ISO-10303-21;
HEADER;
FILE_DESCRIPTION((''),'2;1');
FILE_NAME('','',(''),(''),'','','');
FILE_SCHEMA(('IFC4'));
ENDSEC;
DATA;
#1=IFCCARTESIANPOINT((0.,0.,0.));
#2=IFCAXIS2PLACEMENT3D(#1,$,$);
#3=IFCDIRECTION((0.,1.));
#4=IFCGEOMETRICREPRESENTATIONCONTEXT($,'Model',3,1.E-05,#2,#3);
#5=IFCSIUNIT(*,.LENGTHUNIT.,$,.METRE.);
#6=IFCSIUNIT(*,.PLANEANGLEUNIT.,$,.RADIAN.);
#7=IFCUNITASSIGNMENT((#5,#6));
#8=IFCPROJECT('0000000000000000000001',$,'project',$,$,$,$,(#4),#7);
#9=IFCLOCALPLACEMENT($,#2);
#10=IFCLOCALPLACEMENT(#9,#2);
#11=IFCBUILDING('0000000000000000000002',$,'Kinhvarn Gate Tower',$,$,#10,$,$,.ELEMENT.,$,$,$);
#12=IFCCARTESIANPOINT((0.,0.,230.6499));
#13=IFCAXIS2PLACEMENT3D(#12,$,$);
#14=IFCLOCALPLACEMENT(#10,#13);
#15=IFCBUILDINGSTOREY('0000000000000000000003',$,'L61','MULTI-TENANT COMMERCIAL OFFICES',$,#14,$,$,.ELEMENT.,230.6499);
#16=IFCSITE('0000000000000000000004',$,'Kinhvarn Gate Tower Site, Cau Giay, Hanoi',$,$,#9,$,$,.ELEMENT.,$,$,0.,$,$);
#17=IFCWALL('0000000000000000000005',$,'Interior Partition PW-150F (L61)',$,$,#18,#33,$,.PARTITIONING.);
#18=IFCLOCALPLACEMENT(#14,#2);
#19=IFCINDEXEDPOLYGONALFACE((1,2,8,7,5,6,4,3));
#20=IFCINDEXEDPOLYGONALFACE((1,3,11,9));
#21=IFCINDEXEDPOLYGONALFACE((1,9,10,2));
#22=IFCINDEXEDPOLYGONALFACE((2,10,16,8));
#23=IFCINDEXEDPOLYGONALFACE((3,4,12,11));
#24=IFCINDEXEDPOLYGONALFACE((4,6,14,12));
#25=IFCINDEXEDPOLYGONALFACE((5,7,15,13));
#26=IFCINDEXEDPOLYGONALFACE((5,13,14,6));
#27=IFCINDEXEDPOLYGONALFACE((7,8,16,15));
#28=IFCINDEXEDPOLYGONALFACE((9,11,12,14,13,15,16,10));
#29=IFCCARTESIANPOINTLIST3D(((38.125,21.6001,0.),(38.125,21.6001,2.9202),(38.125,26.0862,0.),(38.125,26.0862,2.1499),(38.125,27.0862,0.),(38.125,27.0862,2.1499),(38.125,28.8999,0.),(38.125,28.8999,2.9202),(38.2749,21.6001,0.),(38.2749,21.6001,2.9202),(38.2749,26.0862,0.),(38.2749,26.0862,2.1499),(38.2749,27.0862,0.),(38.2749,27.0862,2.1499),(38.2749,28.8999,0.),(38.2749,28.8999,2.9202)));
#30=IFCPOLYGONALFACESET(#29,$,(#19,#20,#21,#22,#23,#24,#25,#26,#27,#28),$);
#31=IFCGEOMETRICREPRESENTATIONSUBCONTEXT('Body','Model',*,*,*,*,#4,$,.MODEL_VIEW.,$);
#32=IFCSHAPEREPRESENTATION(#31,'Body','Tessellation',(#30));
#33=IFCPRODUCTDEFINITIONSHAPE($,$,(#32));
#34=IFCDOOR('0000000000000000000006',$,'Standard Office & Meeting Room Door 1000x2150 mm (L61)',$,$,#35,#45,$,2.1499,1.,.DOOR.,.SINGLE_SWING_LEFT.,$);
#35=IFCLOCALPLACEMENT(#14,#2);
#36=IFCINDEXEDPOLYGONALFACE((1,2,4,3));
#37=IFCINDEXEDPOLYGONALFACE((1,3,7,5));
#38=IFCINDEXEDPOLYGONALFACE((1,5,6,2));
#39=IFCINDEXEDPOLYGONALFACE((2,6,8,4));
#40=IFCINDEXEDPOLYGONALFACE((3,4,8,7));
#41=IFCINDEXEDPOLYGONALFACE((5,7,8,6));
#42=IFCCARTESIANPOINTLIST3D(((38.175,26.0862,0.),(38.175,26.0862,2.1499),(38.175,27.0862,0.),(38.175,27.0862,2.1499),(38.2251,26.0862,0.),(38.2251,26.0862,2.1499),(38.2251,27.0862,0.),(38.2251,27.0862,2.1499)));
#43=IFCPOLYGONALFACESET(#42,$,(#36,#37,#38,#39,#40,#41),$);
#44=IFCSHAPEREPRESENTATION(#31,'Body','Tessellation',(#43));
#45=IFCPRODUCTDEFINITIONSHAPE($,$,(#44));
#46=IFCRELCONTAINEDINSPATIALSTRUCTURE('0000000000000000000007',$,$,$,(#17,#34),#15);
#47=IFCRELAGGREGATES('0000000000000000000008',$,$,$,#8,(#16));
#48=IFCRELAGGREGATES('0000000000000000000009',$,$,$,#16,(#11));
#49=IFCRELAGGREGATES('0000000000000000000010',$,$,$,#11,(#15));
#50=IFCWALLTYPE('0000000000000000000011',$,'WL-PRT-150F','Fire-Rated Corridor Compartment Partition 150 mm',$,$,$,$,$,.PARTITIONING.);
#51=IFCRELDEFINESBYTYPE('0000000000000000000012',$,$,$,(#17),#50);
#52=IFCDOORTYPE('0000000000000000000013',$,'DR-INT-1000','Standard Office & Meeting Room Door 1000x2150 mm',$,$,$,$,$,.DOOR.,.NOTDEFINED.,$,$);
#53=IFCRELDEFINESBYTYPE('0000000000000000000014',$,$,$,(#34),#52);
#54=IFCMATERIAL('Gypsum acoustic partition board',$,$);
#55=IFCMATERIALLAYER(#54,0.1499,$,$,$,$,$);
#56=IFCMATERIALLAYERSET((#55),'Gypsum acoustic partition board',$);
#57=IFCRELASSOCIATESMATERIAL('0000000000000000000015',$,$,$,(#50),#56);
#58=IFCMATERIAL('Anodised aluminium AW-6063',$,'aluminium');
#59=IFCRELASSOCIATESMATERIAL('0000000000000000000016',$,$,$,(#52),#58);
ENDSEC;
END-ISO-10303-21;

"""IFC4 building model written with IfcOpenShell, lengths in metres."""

from ifc_helpers import new_model, si_unit, direction, frame, frame_2d, origin, place, context, subcontext, project, spatial, rectangle, extrude, material, layer, layer_set, type_object, element, fill, save


model = new_model("IFC4")

# Units and contexts
model_context = context("Model", 3, precision=1e-05, world=origin(), true_north=direction((0.0, 1.0)))
body_context = subcontext(model_context, "Body", "Model", "MODEL_VIEW")
ifc_project = project(units=[si_unit("LENGTHUNIT", "METRE"), si_unit("PLANEANGLEUNIT", "RADIAN")], contexts=[model_context])

# Site, building, storey
site_placement = place(None, origin())
site = spatial("IfcSite", under=ifc_project, at=site_placement, Name="Kinhvarn Gate Tower Site, Cau Giay, Hanoi", CompositionType="ELEMENT", RefElevation=0.0)
building_placement = place(site_placement, origin())
building = spatial("IfcBuilding", under=site, at=building_placement, Name="Kinhvarn Gate Tower", CompositionType="ELEMENT")
storey_placement = place(building_placement, frame((0.0, 0.0, 230.6499)))
storey = spatial("IfcBuildingStorey", under=building, at=storey_placement, Name="L61", Description="MULTI-TENANT COMMERCIAL OFFICES", CompositionType="ELEMENT", Elevation=230.6499)

# Shared definitions
ifc_material_1 = material(Name="Anodised aluminium AW-6063", Category="aluminium")

# Shared definitions
ifc_material_2 = material(Name="Gypsum acoustic partition board")

# Shared definitions
ifc_layer_1 = layer(ifc_material_2, 0.1499)
ifc_layer_set_1 = layer_set([ifc_layer_1], Name="Gypsum acoustic partition board")
wall_type_1 = type_object("IfcWallType", Name="WL-PRT-150F", Description="Fire-Rated Corridor Compartment Partition 150 mm", PredefinedType="PARTITIONING", material=ifc_layer_set_1)
door_type = type_object("IfcDoorType", Name="DR-INT-1000", Description="Standard Office & Meeting Room Door 1000x2150 mm", OperationType="NOTDEFINED", PredefinedType="DOOR", material=ifc_material_1)

# Wall, opening, door
wall_1_placement = place(storey_placement, frame((38.2, 21.6001, 0.0), z_axis=(0.0, 0.0, 1.0), x_axis=(0.0, 1.0, 0.0)))
wall_1 = element("IfcWall", 1, at=wall_1_placement, inside=storey, type_object=wall_type_1, Name="Interior Partition PW-150F (L61)", PredefinedType="PARTITIONING", context=body_context, shape_type="SweptSolid", body=[
    extrude(rectangle(XDim=7.2998, YDim=0.1499, at=frame_2d((3.6499, 0.0))), origin(), (0.0, 0.0, 1.0), 2.9202),
])
opening_1_placement = place(wall_1_placement, frame((4.4861, 0.0, 0.0)))
opening_1 = element("IfcOpeningElement", 2, at=opening_1_placement, cuts=wall_1, PredefinedType="OPENING", context=body_context, shape_type="SweptSolid", body=[
    extrude(rectangle(XDim=1.0, YDim=2.1499, at=frame_2d((0.5, 1.075))), frame((0.0, 0.085, 0.0), z_axis=(0.0, -1.0, 0.0), x_axis=(1.0, 0.0, 0.0)), (0.0, 0.0, 1.0), 0.1699),
])
door_1_placement = place(opening_1_placement, origin())
door_1 = element("IfcDoor", 3, at=door_1_placement, inside=storey, type_object=door_type, Name="Standard Office & Meeting Room Door 1000x2150 mm (L61)", OperationType="SINGLE_SWING_LEFT", OverallHeight=2.1499, OverallWidth=1.0, PredefinedType="DOOR", context=body_context, shape_type="SweptSolid", body=[
    extrude(rectangle(XDim=1.0, YDim=2.1499, at=frame_2d((0.5, 1.075))), frame((0.0, 0.0249, 0.0), z_axis=(0.0, -1.0, 0.0), x_axis=(1.0, 0.0, 0.0)), (0.0, 0.0, 1.0), 0.05),
])
fill(opening_1, door_1)

save(model, "model.ifc")
